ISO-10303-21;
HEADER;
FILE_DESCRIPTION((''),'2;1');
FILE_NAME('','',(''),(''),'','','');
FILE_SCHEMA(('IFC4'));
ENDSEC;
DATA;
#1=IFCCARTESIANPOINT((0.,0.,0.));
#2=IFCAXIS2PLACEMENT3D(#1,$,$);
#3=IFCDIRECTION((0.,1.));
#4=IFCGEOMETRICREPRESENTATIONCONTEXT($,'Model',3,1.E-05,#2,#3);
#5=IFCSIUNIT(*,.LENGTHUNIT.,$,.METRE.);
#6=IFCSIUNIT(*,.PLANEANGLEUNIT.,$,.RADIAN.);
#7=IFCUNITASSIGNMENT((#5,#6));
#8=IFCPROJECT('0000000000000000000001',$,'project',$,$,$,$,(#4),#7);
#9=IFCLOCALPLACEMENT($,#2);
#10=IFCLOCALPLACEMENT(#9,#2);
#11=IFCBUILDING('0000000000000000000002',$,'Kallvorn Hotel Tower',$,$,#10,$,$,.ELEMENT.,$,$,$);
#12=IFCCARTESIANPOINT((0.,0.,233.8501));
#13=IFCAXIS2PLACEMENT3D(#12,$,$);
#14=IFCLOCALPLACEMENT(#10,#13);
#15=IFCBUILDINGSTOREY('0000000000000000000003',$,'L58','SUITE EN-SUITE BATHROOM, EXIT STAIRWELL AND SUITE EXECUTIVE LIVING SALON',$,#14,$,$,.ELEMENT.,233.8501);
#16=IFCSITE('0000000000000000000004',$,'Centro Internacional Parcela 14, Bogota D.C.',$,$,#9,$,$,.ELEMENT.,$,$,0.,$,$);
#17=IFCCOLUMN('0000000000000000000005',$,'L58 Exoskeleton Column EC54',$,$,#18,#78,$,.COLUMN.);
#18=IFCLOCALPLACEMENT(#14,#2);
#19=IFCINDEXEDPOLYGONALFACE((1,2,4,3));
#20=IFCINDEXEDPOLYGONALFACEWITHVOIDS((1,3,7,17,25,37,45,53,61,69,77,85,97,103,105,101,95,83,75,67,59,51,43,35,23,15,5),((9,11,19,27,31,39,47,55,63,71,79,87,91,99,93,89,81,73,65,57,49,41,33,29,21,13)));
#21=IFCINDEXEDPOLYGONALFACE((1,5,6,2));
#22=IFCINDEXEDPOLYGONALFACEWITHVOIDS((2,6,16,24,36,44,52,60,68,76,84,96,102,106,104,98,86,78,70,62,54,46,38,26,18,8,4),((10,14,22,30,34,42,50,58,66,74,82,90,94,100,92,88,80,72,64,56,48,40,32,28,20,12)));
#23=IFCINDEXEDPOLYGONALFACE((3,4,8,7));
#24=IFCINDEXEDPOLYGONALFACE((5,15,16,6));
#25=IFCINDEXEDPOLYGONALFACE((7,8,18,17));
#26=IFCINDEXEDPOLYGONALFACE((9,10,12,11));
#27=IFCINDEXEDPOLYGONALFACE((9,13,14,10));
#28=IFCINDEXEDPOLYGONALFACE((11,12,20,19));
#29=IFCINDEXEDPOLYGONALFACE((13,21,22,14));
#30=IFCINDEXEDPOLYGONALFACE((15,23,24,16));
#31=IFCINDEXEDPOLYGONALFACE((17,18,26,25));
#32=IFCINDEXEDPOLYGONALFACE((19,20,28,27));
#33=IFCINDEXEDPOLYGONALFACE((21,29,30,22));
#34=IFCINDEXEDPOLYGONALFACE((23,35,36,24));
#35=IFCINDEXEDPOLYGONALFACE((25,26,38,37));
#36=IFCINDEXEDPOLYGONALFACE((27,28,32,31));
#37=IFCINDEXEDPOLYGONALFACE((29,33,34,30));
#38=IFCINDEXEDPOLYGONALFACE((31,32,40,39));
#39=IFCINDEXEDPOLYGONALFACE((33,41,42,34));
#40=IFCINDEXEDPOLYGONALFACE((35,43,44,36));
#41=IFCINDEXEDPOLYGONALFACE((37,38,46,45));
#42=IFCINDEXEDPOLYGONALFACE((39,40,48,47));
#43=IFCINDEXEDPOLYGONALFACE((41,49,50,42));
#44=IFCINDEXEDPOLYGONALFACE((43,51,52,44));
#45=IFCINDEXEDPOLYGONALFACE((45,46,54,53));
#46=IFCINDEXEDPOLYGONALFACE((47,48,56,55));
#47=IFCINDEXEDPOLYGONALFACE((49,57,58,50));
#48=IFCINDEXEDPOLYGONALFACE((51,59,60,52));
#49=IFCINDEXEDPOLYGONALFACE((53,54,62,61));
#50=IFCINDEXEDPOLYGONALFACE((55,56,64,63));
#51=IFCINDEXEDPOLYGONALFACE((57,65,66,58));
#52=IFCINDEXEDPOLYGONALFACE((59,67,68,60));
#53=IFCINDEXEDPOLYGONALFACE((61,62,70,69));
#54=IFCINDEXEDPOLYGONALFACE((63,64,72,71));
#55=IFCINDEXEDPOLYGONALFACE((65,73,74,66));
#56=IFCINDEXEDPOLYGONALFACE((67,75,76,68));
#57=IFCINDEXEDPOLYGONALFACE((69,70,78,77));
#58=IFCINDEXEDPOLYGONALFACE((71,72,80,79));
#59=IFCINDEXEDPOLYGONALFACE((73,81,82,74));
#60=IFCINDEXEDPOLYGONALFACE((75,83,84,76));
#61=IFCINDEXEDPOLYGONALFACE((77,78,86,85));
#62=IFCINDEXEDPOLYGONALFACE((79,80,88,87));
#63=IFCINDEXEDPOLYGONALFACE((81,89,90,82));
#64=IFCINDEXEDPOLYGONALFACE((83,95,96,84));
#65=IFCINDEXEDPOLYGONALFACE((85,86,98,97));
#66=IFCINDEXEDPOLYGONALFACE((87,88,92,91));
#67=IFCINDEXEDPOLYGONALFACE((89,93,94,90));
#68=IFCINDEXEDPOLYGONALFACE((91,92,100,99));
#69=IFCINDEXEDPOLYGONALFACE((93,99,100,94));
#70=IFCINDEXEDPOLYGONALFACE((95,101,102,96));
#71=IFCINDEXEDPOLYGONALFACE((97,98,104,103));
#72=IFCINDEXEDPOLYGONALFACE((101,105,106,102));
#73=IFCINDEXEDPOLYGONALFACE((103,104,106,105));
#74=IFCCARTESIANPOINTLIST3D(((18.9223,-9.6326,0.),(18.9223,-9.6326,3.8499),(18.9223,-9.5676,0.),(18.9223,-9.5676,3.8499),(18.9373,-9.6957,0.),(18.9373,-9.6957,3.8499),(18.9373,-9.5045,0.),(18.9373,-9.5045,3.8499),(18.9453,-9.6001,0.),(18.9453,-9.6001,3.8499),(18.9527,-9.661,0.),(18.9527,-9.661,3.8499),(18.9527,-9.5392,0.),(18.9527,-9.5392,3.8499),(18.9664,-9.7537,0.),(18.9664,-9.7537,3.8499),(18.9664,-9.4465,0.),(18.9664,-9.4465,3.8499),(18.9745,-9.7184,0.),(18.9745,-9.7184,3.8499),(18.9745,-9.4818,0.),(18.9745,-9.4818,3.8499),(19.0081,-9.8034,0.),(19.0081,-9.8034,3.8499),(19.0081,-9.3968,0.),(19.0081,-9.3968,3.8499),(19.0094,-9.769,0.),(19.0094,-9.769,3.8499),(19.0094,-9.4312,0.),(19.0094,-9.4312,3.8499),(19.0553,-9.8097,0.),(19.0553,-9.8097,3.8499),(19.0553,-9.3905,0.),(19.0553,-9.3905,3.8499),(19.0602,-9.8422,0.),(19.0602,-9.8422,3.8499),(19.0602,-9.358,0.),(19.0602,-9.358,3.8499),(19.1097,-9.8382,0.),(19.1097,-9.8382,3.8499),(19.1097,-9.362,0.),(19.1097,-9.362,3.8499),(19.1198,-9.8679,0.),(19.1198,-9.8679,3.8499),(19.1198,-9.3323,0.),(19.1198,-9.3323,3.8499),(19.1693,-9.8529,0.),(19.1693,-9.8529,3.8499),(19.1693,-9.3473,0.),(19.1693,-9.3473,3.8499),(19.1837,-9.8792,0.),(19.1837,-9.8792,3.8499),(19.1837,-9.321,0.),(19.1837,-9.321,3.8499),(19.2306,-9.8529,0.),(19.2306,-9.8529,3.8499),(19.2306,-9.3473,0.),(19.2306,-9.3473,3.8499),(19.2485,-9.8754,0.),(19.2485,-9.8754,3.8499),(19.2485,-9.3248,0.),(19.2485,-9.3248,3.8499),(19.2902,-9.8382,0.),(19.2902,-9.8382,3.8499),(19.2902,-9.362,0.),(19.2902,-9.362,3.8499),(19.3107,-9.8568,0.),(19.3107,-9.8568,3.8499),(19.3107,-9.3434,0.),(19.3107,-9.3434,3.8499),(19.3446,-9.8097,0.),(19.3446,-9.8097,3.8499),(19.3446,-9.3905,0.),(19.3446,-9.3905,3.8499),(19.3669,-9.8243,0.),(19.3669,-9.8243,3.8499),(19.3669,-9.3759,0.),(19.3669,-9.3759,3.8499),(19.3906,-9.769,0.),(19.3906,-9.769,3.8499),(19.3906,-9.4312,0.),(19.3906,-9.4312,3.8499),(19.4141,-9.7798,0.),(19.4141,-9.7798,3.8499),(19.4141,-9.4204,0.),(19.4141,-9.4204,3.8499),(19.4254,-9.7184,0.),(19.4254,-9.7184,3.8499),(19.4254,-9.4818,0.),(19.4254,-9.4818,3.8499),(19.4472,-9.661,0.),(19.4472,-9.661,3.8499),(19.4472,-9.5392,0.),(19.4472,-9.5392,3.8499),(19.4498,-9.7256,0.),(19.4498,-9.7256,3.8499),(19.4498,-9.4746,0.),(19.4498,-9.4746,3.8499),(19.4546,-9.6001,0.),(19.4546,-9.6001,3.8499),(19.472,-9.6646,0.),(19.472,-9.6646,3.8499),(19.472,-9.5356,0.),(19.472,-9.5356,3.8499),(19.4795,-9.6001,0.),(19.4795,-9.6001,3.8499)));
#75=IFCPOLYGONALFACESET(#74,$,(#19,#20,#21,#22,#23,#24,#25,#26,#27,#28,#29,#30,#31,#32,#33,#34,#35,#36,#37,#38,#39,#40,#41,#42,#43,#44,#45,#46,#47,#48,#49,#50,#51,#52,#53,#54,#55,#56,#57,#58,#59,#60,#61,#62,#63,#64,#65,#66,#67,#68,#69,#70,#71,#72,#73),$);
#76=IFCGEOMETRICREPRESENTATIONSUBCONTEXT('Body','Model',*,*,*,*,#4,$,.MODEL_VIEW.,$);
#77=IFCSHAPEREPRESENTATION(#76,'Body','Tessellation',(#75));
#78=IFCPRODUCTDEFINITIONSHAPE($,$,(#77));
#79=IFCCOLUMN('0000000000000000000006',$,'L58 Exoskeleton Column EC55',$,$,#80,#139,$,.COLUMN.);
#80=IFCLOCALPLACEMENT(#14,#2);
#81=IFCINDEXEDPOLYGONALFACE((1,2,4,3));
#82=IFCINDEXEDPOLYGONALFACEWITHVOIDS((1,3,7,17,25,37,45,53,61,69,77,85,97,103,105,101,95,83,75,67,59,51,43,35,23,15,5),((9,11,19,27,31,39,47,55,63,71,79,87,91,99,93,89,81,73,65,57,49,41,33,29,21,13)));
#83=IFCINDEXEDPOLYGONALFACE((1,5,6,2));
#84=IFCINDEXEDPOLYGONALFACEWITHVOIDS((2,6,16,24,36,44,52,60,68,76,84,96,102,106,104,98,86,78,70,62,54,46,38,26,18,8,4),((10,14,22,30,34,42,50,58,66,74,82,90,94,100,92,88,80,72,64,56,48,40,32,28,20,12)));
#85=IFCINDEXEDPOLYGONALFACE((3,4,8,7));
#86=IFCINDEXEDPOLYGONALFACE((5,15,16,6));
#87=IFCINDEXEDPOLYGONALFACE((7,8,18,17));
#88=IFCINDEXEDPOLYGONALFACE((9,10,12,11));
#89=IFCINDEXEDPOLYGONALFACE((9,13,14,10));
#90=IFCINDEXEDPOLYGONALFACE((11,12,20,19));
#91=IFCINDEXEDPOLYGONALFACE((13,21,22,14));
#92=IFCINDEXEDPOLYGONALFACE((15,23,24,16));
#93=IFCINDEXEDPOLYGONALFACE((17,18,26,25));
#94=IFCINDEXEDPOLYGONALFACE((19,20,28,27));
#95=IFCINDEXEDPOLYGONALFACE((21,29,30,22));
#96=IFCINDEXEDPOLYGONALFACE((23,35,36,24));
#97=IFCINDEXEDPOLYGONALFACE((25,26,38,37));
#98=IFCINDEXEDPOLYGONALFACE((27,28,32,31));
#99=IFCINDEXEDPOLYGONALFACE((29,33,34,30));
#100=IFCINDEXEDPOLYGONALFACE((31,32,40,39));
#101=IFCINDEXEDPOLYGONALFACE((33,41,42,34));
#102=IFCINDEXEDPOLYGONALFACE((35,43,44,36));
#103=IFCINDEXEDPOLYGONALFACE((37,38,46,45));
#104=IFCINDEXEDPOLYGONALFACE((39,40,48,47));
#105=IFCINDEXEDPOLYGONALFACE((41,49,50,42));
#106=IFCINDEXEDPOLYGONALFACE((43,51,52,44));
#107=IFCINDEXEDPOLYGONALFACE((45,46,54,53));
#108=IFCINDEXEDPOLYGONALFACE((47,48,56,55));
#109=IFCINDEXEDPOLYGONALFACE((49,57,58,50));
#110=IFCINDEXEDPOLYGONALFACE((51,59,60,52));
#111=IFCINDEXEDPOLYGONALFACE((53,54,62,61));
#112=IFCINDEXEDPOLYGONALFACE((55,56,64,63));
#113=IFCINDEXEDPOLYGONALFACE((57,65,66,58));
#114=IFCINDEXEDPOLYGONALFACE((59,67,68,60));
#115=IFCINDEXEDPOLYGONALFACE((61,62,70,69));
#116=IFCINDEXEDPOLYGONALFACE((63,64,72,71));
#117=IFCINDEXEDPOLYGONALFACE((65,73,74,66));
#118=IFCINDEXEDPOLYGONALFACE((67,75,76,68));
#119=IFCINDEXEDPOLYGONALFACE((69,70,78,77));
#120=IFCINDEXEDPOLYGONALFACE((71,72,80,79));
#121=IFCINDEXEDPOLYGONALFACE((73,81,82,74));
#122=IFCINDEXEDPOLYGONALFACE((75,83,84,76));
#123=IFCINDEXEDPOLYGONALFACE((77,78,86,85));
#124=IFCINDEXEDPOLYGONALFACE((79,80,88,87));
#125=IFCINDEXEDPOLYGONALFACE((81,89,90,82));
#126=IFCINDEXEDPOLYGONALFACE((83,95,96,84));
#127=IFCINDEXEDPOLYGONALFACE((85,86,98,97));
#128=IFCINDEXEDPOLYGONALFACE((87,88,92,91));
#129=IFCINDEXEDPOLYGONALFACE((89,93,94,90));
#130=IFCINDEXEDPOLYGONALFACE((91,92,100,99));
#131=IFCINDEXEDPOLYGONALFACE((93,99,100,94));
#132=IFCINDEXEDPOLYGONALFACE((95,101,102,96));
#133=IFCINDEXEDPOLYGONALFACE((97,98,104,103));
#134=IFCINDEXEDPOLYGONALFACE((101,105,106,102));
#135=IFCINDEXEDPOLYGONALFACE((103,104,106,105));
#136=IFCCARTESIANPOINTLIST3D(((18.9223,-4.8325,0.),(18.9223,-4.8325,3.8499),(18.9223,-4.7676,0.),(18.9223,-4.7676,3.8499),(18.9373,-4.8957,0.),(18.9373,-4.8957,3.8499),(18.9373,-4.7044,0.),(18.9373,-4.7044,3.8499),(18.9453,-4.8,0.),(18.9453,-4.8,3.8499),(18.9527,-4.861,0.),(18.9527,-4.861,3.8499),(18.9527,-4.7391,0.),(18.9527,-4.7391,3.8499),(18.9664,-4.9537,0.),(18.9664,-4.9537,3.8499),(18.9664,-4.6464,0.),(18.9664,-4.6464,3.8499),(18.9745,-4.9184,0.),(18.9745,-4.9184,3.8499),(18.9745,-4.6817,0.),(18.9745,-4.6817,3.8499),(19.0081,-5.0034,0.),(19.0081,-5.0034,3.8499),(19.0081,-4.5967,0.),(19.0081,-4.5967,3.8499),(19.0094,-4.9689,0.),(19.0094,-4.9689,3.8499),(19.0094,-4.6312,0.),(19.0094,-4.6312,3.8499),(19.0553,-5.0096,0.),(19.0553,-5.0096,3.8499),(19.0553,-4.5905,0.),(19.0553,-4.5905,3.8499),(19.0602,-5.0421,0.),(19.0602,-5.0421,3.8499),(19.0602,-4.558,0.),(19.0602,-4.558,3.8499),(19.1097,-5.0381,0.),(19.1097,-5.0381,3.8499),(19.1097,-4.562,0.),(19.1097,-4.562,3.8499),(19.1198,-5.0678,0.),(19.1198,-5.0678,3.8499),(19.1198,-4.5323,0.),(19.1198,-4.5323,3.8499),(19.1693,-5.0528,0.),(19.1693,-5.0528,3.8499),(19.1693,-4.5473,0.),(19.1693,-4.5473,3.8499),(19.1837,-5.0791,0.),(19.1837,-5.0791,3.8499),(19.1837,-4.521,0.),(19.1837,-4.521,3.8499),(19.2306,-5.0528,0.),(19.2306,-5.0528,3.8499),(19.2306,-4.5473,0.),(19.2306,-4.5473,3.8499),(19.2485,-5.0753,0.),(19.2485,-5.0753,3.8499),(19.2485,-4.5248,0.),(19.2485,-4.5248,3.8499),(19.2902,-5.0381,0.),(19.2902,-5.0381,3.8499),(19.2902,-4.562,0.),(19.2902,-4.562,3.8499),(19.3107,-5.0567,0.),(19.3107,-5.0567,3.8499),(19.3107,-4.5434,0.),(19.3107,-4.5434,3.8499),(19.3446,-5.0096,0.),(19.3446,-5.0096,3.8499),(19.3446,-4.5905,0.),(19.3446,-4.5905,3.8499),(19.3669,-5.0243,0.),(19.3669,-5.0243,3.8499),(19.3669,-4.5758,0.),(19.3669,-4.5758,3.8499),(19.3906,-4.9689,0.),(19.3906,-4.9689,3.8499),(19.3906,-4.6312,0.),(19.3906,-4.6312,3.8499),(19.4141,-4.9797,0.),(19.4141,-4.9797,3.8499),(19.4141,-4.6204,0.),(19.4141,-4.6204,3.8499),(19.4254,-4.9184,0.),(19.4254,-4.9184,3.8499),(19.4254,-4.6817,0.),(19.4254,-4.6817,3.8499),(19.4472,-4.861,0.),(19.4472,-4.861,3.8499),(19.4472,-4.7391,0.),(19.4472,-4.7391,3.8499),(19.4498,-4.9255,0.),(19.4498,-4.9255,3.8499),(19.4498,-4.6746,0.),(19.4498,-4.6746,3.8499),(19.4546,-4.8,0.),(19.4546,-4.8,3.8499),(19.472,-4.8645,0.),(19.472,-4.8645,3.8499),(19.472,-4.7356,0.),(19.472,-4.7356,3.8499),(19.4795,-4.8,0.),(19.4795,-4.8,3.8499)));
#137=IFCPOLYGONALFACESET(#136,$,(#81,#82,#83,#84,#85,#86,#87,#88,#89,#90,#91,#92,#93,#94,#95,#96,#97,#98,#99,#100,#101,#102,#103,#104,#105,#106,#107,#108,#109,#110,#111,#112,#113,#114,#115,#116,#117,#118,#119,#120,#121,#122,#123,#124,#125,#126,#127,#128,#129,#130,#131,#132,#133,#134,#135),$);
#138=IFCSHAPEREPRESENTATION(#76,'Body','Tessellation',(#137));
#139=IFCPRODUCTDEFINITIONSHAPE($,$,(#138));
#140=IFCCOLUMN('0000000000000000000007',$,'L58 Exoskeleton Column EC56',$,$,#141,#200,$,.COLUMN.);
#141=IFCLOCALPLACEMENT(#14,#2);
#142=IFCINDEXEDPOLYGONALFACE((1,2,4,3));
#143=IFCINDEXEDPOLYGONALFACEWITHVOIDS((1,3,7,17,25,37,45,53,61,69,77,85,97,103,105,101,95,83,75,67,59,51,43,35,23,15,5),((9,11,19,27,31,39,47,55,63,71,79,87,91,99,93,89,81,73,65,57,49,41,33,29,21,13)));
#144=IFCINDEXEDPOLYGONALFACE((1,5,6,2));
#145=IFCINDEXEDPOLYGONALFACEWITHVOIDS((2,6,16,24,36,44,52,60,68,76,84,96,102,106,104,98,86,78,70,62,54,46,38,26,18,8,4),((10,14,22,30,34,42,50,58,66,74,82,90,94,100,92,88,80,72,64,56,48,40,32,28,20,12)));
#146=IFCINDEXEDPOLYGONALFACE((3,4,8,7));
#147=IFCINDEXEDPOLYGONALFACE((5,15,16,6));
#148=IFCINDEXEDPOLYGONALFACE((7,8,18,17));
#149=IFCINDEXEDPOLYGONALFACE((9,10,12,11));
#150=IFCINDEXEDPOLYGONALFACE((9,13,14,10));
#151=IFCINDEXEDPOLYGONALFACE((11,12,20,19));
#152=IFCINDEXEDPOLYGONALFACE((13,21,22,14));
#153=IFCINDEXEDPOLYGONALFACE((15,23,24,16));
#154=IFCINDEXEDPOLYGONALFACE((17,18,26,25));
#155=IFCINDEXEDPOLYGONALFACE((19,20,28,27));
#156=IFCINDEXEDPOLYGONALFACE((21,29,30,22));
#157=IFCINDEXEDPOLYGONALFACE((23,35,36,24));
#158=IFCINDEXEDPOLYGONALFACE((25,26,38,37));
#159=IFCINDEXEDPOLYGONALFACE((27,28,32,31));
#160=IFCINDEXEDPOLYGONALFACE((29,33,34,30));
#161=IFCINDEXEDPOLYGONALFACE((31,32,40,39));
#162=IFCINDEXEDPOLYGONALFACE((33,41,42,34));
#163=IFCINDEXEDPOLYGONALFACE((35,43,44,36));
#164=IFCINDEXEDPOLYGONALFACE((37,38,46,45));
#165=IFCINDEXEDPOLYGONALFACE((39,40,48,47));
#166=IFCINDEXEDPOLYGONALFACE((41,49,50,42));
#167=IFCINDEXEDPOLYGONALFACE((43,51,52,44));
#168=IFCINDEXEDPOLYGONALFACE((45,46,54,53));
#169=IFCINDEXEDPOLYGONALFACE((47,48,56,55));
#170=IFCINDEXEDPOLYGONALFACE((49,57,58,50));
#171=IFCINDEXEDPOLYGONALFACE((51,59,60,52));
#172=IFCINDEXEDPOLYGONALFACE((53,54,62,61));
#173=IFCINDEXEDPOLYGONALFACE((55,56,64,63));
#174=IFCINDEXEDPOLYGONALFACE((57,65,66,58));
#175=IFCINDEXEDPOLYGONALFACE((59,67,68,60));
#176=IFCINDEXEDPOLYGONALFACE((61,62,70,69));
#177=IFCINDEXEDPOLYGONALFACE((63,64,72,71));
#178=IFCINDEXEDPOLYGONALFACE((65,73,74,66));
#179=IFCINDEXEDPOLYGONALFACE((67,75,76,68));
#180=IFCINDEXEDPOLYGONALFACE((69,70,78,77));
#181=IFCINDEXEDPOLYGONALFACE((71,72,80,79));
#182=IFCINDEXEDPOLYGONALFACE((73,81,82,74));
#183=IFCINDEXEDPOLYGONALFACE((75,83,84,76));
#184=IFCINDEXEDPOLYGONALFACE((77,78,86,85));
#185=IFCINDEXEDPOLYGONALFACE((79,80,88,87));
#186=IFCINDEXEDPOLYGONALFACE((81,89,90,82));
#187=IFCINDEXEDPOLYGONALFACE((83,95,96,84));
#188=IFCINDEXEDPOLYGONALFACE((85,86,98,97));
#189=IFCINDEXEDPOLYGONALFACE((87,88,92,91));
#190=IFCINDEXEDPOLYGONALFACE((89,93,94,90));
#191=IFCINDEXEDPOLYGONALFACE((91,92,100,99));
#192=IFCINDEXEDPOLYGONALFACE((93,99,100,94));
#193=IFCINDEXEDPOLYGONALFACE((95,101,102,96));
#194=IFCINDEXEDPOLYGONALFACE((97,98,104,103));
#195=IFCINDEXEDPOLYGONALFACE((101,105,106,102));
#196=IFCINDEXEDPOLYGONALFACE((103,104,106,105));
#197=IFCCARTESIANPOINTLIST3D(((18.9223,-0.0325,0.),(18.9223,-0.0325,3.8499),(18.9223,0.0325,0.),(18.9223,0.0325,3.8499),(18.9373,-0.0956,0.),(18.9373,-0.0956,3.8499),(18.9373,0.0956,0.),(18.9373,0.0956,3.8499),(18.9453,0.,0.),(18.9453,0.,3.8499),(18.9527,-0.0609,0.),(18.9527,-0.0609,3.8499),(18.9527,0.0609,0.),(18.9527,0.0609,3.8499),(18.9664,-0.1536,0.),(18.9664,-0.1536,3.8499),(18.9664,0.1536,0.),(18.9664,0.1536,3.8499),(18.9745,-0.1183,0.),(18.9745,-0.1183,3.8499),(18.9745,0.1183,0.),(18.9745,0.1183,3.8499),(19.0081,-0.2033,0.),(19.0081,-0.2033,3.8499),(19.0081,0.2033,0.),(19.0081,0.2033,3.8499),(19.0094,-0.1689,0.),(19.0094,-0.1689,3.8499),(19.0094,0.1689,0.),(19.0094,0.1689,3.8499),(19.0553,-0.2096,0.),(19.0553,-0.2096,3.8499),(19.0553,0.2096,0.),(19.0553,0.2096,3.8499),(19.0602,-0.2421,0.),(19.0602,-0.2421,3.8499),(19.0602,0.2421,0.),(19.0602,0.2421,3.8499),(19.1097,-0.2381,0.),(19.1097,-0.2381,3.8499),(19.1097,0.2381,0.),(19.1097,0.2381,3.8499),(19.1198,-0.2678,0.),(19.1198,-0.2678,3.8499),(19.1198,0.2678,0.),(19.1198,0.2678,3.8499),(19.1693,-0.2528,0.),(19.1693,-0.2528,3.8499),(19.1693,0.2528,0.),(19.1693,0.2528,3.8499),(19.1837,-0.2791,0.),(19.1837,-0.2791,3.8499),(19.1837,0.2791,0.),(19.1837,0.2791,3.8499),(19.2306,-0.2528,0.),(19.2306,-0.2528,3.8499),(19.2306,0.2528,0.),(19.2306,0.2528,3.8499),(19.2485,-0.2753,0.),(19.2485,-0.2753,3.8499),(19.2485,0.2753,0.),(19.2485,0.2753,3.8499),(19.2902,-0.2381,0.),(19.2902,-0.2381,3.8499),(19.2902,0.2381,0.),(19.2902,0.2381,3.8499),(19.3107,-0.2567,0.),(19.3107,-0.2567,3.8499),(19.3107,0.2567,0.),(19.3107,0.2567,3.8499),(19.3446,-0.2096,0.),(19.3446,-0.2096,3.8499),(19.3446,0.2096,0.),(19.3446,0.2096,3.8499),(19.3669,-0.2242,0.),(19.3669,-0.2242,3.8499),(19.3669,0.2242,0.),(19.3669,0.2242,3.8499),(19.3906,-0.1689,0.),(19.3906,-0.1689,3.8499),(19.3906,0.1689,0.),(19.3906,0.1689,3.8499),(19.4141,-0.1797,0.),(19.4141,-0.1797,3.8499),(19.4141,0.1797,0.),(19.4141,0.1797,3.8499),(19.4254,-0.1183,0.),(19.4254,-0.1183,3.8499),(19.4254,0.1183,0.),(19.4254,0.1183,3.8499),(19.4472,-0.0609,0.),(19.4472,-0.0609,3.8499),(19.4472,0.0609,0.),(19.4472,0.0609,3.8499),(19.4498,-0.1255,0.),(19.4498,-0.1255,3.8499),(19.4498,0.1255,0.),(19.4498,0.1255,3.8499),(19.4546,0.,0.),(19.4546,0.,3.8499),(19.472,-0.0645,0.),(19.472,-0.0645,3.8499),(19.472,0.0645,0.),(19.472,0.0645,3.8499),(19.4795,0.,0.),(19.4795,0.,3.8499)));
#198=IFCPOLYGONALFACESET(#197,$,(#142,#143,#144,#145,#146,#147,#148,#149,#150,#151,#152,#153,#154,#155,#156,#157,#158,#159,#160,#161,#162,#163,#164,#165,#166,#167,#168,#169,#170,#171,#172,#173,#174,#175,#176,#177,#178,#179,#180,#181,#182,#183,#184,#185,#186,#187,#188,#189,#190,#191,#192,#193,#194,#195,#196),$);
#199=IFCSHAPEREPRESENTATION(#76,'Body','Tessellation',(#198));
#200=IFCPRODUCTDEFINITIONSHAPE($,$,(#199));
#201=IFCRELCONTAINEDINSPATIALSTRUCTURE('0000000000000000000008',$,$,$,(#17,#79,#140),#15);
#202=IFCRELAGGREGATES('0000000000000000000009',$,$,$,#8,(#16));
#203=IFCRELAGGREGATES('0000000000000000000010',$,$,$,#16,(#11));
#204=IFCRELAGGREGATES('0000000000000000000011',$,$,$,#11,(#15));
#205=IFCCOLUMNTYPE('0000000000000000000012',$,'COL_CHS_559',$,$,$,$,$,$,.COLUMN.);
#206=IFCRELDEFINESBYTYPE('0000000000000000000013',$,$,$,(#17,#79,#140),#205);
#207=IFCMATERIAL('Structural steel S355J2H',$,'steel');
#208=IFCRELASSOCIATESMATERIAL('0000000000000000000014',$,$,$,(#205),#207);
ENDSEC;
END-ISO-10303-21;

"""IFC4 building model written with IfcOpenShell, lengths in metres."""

from ifc_helpers import new_model, si_unit, direction, frame, origin, origin_2d, place, context, subcontext, project, spatial, hollow_circle, extrude, material, material_profile, profile_set, type_object, element, save


model = new_model("IFC4")

# Units and contexts
model_context = context("Model", 3, precision=1e-05, world=origin(), true_north=direction((0.0, 1.0)))
body_context = subcontext(model_context, "Body", "Model", "MODEL_VIEW")
ifc_project = project(units=[si_unit("LENGTHUNIT", "METRE"), si_unit("PLANEANGLEUNIT", "RADIAN")], contexts=[model_context])

# Site, building, storey
site_placement = place(None, origin())
site = spatial("IfcSite", under=ifc_project, at=site_placement, Name="Centro Internacional Parcela 14, Bogota D.C.", CompositionType="ELEMENT", RefElevation=0.0)
building_placement = place(site_placement, origin())
building = spatial("IfcBuilding", under=site, at=building_placement, Name="Kallvorn Hotel Tower", CompositionType="ELEMENT")
storey_placement = place(building_placement, frame((0.0, 0.0, 233.8501)))
storey = spatial("IfcBuildingStorey", under=building, at=storey_placement, Name="L58", Description="SUITE EN-SUITE BATHROOM, EXIT STAIRWELL AND SUITE EXECUTIVE LIVING SALON", CompositionType="ELEMENT", Elevation=233.8501)

# Columns
ifc_material_1 = material(Name="Structural steel S355J2H", Category="steel")
ifc_material_profile_1 = material_profile(ifc_material_1, hollow_circle(Radius=0.2795, WallThickness=0.0249, at=origin_2d()), Name="CHS 559x25")
ifc_profile_set_1 = profile_set([ifc_material_profile_1], Name="Structural steel S355J2H")
column_type_1 = type_object("IfcColumnType", Name="COL_CHS_559", PredefinedType="COLUMN", material=ifc_profile_set_1)
for number, where, z_axis, x_axis, name in (
    (1, (19.2, -9.6001, 0.0), (0.0, 0.0, 1.0), (1.0, 0.0, 0.0), "L58 Exoskeleton Column EC54"),
    (2, (19.2, -4.8, 0.0), (0.0, 0.0, 1.0), (1.0, 0.0, 0.0), "L58 Exoskeleton Column EC55"),
    (3, (19.2, 0.0, 0.0), (0.0, 0.0, 1.0), (1.0, 0.0, 0.0), "L58 Exoskeleton Column EC56"),
):
    element("IfcColumn", number, at=place(storey_placement, frame(where, z_axis=z_axis, x_axis=x_axis)), inside=storey, type_object=column_type_1, Name=name, PredefinedType="COLUMN", context=body_context, shape_type="SweptSolid", body=[
        extrude(hollow_circle(Radius=0.2795, WallThickness=0.0249, at=origin_2d()), origin(), (0.0, 0.0, 1.0), 3.8499),
    ])

save(model, "model.ifc")
